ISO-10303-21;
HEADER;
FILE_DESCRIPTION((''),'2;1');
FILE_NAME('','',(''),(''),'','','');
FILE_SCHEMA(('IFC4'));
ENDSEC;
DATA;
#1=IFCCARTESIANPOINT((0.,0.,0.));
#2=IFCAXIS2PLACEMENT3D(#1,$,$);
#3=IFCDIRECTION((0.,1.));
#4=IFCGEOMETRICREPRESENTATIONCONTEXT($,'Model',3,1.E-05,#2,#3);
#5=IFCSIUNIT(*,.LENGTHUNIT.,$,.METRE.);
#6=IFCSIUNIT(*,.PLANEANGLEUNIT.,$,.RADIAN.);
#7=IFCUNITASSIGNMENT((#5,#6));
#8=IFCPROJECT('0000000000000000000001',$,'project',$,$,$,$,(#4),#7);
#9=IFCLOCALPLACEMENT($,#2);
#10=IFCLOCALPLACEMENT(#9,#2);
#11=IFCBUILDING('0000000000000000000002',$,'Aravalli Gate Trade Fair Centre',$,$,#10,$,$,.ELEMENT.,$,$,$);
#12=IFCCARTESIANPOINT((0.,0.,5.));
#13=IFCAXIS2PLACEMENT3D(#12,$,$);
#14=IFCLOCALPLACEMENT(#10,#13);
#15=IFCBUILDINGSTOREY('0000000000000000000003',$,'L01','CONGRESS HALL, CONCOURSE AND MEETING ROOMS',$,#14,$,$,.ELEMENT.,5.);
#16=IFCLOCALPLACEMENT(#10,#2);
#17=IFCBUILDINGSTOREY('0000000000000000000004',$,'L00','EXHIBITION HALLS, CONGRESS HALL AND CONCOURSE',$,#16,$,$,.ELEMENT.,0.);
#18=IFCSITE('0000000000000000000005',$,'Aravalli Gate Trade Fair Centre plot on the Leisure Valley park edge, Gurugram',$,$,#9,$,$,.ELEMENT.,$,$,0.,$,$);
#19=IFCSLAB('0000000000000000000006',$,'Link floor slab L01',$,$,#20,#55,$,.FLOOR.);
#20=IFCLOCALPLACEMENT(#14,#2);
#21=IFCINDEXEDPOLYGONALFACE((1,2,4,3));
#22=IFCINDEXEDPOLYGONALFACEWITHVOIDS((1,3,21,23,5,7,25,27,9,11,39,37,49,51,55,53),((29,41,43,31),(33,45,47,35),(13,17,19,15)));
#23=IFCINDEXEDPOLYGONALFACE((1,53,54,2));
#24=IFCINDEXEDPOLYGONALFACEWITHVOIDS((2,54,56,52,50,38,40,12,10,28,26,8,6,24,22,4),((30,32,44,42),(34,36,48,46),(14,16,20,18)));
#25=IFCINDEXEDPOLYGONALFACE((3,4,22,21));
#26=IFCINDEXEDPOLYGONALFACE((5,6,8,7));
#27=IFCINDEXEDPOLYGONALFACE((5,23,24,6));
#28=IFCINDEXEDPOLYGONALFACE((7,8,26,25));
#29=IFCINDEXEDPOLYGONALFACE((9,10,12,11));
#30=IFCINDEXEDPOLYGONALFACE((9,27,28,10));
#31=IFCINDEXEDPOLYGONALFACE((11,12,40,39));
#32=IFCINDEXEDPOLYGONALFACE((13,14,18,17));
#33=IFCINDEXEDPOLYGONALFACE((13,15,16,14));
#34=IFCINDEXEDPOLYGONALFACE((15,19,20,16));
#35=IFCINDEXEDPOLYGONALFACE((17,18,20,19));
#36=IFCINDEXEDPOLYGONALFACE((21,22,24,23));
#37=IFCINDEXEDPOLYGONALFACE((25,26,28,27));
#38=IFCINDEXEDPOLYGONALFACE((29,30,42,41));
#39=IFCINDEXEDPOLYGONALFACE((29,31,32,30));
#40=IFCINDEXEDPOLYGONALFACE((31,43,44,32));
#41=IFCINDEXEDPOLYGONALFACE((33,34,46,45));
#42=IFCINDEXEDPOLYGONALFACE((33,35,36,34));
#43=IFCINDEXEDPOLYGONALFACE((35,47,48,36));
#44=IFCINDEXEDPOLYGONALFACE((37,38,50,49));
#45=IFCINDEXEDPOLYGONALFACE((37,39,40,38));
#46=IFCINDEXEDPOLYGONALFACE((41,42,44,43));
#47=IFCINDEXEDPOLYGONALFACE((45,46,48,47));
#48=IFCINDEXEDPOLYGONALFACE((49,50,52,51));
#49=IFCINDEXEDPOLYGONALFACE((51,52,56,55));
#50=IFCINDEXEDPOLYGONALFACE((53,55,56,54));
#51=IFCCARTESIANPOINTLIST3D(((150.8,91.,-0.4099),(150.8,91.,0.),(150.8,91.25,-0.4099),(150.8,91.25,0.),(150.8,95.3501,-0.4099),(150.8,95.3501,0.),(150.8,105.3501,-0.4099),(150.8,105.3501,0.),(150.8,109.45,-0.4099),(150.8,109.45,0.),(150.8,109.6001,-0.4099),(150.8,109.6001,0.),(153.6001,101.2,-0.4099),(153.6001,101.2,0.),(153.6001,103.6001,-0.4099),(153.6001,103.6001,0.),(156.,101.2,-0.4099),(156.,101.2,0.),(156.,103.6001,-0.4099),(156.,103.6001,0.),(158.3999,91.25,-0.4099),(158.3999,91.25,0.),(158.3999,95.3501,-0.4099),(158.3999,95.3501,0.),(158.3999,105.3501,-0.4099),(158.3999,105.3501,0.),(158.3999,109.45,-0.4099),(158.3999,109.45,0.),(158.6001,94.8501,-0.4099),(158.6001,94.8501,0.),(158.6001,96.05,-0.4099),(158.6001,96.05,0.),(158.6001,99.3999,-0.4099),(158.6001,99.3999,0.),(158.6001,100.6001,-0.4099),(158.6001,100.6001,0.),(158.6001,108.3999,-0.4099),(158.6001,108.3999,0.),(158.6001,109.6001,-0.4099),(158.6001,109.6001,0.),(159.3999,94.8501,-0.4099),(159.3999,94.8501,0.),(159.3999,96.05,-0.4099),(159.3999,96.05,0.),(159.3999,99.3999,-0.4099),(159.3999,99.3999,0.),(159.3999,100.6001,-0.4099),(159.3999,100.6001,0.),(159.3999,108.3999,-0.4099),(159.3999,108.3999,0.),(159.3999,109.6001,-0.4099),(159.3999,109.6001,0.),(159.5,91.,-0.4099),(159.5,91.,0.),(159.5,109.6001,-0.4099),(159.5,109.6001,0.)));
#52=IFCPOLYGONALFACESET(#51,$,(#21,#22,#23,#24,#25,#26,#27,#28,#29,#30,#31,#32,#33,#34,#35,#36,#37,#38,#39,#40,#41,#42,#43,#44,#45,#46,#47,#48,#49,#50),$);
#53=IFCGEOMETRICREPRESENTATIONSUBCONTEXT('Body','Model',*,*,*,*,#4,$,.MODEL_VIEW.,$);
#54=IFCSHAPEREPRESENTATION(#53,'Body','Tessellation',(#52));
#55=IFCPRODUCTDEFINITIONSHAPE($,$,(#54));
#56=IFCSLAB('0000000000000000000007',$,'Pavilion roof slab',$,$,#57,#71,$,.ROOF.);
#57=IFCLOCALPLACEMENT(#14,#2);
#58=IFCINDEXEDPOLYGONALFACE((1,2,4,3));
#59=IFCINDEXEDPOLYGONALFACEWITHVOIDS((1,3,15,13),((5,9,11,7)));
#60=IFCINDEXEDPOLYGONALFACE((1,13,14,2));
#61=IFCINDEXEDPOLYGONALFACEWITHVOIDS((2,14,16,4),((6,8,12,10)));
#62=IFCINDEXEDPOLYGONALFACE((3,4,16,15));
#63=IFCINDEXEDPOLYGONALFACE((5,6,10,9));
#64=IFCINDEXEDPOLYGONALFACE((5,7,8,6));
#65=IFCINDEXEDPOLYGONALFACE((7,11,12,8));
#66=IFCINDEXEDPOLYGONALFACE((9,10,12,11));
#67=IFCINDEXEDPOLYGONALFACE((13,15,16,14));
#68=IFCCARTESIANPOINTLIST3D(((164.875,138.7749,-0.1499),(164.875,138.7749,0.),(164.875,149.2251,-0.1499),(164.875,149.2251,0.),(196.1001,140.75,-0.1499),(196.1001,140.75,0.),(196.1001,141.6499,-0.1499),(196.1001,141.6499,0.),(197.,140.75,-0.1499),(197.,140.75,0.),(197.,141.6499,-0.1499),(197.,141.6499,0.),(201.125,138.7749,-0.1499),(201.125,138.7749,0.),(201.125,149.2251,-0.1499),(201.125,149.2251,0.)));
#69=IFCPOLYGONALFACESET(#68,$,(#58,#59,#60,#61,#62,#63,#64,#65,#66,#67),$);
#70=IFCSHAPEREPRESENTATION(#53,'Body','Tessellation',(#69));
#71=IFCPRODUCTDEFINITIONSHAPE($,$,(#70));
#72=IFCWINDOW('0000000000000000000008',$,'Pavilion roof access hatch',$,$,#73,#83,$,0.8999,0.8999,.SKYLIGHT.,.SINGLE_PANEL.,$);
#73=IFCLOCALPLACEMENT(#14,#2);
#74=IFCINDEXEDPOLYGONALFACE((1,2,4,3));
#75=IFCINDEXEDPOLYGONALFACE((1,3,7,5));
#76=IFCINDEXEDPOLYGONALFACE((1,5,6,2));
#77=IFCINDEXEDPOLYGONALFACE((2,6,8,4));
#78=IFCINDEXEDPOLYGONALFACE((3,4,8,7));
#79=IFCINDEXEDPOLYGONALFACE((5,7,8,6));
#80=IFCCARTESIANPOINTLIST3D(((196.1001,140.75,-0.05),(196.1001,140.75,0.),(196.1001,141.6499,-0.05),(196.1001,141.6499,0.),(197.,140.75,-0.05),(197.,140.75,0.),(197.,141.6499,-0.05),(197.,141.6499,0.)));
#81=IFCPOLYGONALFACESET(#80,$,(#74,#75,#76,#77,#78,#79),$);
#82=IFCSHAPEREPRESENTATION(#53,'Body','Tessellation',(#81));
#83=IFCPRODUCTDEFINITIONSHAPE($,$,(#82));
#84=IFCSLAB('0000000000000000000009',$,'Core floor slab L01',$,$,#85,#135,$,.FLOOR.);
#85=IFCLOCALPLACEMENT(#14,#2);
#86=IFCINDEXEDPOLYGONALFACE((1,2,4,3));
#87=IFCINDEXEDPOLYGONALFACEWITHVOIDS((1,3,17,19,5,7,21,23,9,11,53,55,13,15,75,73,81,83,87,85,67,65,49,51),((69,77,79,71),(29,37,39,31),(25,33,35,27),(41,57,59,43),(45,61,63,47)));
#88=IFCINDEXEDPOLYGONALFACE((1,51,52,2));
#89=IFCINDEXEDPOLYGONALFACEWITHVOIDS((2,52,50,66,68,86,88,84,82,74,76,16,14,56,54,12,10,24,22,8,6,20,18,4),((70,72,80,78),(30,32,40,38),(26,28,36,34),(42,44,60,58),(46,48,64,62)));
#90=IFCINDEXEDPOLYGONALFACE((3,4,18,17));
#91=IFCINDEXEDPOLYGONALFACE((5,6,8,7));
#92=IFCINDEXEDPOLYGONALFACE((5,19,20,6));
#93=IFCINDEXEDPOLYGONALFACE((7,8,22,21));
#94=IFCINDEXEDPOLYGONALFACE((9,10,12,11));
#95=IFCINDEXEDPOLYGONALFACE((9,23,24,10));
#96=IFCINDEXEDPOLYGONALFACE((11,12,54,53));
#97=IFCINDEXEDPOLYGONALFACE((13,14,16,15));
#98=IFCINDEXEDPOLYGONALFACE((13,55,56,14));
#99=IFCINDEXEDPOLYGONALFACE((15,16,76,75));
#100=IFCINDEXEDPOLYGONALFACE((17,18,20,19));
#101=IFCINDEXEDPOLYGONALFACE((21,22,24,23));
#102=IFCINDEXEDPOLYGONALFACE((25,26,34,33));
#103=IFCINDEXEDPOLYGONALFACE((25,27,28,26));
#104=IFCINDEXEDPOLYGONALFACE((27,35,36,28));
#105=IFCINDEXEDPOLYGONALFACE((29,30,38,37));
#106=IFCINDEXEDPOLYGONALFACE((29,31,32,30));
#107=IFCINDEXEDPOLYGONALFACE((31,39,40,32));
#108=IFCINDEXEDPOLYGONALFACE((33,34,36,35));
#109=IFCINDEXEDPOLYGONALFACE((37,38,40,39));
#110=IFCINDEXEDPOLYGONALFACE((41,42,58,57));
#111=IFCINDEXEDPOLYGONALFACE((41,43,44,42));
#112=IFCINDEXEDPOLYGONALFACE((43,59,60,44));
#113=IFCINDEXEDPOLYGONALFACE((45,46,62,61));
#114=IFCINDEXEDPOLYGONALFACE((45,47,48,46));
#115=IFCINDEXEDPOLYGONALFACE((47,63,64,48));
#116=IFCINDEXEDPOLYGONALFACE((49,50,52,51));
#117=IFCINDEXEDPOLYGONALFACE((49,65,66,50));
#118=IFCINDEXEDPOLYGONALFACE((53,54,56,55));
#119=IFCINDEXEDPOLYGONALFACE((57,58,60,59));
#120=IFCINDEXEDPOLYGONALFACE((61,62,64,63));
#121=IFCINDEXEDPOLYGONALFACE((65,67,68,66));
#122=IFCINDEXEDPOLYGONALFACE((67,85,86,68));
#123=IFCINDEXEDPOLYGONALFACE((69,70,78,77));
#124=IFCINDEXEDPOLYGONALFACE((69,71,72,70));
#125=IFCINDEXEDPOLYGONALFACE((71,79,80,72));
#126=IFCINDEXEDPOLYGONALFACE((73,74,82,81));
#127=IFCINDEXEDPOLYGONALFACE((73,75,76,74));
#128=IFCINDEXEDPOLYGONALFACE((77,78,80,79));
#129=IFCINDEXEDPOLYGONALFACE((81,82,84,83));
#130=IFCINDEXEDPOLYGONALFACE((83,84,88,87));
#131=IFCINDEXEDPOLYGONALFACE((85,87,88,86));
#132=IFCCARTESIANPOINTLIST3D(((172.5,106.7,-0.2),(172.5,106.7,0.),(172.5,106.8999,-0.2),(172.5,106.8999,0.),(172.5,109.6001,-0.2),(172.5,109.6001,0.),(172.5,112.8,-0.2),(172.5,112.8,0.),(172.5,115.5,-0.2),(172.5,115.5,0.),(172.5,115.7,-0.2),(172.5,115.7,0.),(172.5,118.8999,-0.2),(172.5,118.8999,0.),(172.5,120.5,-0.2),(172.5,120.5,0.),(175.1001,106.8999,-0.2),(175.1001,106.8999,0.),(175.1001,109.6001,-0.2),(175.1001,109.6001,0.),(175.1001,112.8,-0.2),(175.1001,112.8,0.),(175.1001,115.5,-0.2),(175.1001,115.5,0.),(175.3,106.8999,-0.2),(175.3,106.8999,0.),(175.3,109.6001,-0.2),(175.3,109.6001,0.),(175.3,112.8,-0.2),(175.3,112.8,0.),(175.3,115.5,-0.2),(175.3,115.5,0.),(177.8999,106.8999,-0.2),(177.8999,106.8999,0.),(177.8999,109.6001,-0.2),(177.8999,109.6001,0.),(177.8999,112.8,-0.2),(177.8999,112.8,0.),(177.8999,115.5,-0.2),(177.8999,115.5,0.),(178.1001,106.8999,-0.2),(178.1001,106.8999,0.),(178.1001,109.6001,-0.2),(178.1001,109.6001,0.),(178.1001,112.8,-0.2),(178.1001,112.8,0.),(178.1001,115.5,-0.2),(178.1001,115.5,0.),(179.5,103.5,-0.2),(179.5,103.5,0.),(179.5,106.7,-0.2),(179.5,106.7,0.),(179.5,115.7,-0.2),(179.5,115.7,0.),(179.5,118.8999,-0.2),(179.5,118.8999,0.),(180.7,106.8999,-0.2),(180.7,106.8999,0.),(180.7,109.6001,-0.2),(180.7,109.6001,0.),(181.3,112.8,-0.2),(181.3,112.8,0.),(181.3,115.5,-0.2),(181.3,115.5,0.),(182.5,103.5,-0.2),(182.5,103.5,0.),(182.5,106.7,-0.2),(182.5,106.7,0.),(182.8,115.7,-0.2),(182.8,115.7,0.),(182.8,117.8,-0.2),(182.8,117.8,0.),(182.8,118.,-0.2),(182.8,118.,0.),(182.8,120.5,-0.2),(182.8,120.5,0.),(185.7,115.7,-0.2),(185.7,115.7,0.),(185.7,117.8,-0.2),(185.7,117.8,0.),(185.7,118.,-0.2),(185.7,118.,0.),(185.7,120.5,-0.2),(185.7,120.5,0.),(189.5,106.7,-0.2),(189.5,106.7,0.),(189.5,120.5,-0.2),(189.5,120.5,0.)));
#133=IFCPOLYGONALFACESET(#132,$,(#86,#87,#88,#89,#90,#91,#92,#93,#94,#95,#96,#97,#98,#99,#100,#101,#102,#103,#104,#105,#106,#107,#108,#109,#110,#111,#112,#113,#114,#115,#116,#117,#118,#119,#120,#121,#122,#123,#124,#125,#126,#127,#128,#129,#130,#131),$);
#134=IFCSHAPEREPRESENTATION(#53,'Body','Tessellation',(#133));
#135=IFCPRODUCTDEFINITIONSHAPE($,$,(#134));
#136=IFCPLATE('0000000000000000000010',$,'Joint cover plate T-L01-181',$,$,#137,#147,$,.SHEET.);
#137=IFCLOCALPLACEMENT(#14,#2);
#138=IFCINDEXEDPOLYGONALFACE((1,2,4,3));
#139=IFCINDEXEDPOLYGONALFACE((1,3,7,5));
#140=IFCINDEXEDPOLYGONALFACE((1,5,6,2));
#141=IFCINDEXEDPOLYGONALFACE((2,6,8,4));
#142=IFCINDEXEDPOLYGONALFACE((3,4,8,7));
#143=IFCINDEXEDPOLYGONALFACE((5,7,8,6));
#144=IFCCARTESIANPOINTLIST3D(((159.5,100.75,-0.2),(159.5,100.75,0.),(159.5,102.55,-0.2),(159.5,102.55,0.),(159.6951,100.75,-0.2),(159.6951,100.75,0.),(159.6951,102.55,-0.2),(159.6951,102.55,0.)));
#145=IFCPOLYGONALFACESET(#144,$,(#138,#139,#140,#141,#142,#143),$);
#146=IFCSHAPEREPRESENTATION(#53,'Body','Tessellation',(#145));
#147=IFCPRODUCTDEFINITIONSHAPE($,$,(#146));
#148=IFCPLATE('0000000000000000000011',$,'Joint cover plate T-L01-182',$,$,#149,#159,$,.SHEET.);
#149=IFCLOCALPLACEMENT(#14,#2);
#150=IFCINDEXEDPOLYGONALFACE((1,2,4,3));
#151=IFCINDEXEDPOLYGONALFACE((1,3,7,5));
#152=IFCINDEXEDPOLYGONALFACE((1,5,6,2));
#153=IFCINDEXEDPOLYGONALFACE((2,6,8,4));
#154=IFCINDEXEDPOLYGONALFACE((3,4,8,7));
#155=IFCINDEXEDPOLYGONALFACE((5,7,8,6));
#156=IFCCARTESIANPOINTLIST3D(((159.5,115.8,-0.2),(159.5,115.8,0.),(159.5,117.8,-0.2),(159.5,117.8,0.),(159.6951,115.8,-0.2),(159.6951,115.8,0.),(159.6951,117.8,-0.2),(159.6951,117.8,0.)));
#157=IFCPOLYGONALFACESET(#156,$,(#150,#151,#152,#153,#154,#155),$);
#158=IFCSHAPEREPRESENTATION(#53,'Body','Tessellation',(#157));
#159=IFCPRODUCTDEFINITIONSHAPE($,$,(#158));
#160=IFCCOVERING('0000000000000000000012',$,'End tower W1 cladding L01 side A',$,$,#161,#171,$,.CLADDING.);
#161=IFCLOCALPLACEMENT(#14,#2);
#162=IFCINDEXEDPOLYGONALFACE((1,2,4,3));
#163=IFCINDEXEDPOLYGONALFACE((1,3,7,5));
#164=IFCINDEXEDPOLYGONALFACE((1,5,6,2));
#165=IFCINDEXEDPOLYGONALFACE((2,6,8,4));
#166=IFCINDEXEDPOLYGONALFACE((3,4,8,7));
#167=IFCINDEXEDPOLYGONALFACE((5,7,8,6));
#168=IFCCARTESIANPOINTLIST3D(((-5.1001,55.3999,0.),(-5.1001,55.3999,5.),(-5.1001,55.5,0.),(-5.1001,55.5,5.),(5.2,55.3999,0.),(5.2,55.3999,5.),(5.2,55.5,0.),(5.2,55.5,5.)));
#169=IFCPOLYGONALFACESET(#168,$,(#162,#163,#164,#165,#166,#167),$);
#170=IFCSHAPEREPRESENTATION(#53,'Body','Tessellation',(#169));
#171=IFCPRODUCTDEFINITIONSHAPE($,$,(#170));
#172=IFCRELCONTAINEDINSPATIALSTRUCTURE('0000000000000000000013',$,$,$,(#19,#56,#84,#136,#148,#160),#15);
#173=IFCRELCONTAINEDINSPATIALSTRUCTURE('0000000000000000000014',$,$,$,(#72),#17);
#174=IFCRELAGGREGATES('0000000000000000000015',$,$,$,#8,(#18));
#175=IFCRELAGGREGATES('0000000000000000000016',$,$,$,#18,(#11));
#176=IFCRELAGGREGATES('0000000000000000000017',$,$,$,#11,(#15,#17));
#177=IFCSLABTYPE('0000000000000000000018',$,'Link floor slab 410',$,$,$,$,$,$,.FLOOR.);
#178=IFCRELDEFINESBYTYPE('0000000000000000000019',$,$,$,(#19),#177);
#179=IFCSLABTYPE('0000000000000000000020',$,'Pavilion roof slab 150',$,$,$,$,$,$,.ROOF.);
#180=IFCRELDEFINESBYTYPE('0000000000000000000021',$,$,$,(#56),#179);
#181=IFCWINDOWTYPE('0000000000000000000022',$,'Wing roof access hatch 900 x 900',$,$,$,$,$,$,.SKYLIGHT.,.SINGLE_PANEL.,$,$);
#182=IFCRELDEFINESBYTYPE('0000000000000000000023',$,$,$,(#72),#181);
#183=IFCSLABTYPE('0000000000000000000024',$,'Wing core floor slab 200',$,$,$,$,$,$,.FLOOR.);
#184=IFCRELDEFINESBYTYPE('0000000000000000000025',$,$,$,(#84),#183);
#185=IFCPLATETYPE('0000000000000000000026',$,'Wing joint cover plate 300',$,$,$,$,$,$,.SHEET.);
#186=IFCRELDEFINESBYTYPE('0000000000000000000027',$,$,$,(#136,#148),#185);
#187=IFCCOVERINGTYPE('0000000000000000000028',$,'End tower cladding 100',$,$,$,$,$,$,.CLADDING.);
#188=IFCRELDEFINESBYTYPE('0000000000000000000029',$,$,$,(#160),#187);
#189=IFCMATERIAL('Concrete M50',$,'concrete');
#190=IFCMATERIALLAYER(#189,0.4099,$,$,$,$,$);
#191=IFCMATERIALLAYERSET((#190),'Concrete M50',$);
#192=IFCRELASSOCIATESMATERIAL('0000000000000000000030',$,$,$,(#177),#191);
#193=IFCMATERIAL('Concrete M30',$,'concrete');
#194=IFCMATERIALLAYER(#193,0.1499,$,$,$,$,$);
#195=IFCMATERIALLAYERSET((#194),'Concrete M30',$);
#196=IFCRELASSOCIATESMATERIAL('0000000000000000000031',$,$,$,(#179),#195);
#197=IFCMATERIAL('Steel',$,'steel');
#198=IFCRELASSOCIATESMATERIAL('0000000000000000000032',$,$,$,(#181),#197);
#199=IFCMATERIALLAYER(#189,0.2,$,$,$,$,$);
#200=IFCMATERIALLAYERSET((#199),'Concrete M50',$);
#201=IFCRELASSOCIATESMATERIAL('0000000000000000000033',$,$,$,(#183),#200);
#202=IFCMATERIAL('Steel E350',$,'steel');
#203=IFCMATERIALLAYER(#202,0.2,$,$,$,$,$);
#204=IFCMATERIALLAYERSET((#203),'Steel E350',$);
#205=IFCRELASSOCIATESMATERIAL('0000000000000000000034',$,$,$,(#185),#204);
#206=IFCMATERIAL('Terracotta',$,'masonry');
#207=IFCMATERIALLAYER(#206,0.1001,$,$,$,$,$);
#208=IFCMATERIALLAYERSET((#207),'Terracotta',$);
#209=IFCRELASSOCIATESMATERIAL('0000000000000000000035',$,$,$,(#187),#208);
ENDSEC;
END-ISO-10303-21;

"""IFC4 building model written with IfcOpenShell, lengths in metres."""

from ifc_helpers import new_model, si_unit, direction, frame, origin, origin_2d, place, context, subcontext, project, spatial, polyline, rectangle, outline, extrude, material, layer, layer_set, type_object, element, fill, save


model = new_model("IFC4")

# Units and contexts
model_context = context("Model", 3, precision=1e-05, world=origin(), true_north=direction((0.0, 1.0)))
body_context = subcontext(model_context, "Body", "Model", "MODEL_VIEW")
ifc_project = project(units=[si_unit("LENGTHUNIT", "METRE"), si_unit("PLANEANGLEUNIT", "RADIAN")], contexts=[model_context])

# Site, building, storey
site_placement = place(None, origin())
site = spatial("IfcSite", under=ifc_project, at=site_placement, Name="Aravalli Gate Trade Fair Centre plot on the Leisure Valley park edge, Gurugram", CompositionType="ELEMENT", RefElevation=0.0)
building_placement = place(site_placement, origin())
building = spatial("IfcBuilding", under=site, at=building_placement, Name="Aravalli Gate Trade Fair Centre", CompositionType="ELEMENT")
storey_1_placement = place(building_placement, frame((0.0, 0.0, 5.0)))
storey_1 = spatial("IfcBuildingStorey", under=building, at=storey_1_placement, Name="L01", Description="CONGRESS HALL, CONCOURSE AND MEETING ROOMS", CompositionType="ELEMENT", Elevation=5.0)

# Slab
ifc_material_1 = material(Name="Concrete M50", Category="concrete")
ifc_layer_1 = layer(ifc_material_1, 0.4099)
ifc_layer_set_1 = layer_set([ifc_layer_1], Name="Concrete M50")
slab_type_1 = type_object("IfcSlabType", Name="Link floor slab 410", PredefinedType="FLOOR", material=ifc_layer_set_1)
slab_1_placement = place(storey_1_placement, frame((0.0, 0.0, -0.4099)))
element("IfcSlab", 1, at=slab_1_placement, inside=storey_1, type_object=slab_type_1, Name="Link floor slab L01", PredefinedType="FLOOR", context=body_context, shape_type="SweptSolid", body=[
    extrude(outline(polyline([(159.5, 109.6001), (159.5, 91.0), (150.8, 91.0), (150.8, 91.25), (158.3999, 91.25), (158.3999, 95.3501), (150.8, 95.3501), (150.8, 105.3501), (158.3999, 105.3501), (158.3999, 109.45), (150.8, 109.45), (150.8, 109.6001), (158.6001, 109.6001), (158.6001, 108.3999), (159.3999, 108.3999), (159.3999, 109.6001), (159.5, 109.6001)]), holes=[polyline([(158.6001, 96.05), (158.6001, 94.8501), (159.3999, 94.8501), (159.3999, 96.05), (158.6001, 96.05)]), polyline([(158.6001, 100.6001), (158.6001, 99.3999), (159.3999, 99.3999), (159.3999, 100.6001), (158.6001, 100.6001)]), polyline([(153.6001, 101.2), (156.0, 101.2), (156.0, 103.6001), (153.6001, 103.6001), (153.6001, 101.2)])]), origin(), (0.0, 0.0, 1.0), 0.4099),
])

# Slab, opening
ifc_material_2 = material(Name="Concrete M30", Category="concrete")
ifc_layer_2 = layer(ifc_material_2, 0.1499)
ifc_layer_set_2 = layer_set([ifc_layer_2], Name="Concrete M30")
slab_type_2 = type_object("IfcSlabType", Name="Pavilion roof slab 150", PredefinedType="ROOF", material=ifc_layer_set_2)
slab_2_placement = place(storey_1_placement, frame((0.0, 0.0, -0.1499)))
slab_2 = element("IfcSlab", 2, at=slab_2_placement, inside=storey_1, type_object=slab_type_2, Name="Pavilion roof slab", PredefinedType="ROOF", context=body_context, shape_type="SweptSolid", body=[
    extrude(outline(polyline([(164.875, 138.7749), (201.125, 138.7749), (201.125, 149.2251), (164.875, 149.2251), (164.875, 138.7749)])), origin(), (0.0, 0.0, 1.0), 0.1499),
])
opening_placement = place(slab_2_placement, frame((196.55, 141.2, 0.0)))
opening = element("IfcOpeningElement", 3, at=opening_placement, cuts=slab_2, PredefinedType="OPENING", context=body_context, shape_type="SweptSolid", body=[
    extrude(rectangle(XDim=0.8999, YDim=0.8999, at=origin_2d()), origin(), (0.0, 0.0, 1.0), 0.1499),
])

# Shared definitions
storey_2_placement = place(building_placement, origin())
storey_2 = spatial("IfcBuildingStorey", under=building, at=storey_2_placement, Name="L00", Description="EXHIBITION HALLS, CONGRESS HALL AND CONCOURSE", CompositionType="ELEMENT", Elevation=0.0)

# Window
ifc_material_3 = material(Name="Steel", Category="steel")
window_type = type_object("IfcWindowType", Name="Wing roof access hatch 900 x 900", PartitioningType="SINGLE_PANEL", PredefinedType="SKYLIGHT", material=ifc_material_3)
window_placement = place(opening_placement, frame((0.0, 0.0, 0.0999)))
window = element("IfcWindow", 4, at=window_placement, inside=storey_2, type_object=window_type, Name="Pavilion roof access hatch", OverallHeight=0.8999, OverallWidth=0.8999, PartitioningType="SINGLE_PANEL", PredefinedType="SKYLIGHT", context=body_context, shape_type="SweptSolid", body=[
    extrude(rectangle(XDim=0.8999, YDim=0.8999, at=origin_2d()), origin(), (0.0, 0.0, 1.0), 0.05),
])
fill(opening, window)

# Slab
ifc_layer_3 = layer(ifc_material_1, 0.2)
ifc_layer_set_3 = layer_set([ifc_layer_3], Name="Concrete M50")
slab_type_3 = type_object("IfcSlabType", Name="Wing core floor slab 200", PredefinedType="FLOOR", material=ifc_layer_set_3)
slab_3_placement = place(storey_1_placement, frame((0.0, 0.0, -0.2)))
element("IfcSlab", 5, at=slab_3_placement, inside=storey_1, type_object=slab_type_3, Name="Core floor slab L01", PredefinedType="FLOOR", context=body_context, shape_type="SweptSolid", body=[
    extrude(outline(polyline([(189.5, 120.5), (189.5, 106.7), (182.5, 106.7), (182.5, 103.5), (179.5, 103.5), (179.5, 106.7), (172.5, 106.7), (172.5, 106.8999), (175.1001, 106.8999), (175.1001, 109.6001), (172.5, 109.6001), (172.5, 112.8), (175.1001, 112.8), (175.1001, 115.5), (172.5, 115.5), (172.5, 115.7), (179.5, 115.7), (179.5, 118.8999), (172.5, 118.8999), (172.5, 120.5), (182.8, 120.5), (182.8, 118.0), (185.7, 118.0), (185.7, 120.5), (189.5, 120.5)]), holes=[polyline([(175.3, 109.6001), (175.3, 106.8999), (177.8999, 106.8999), (177.8999, 109.6001), (175.3, 109.6001)]), polyline([(177.8999, 115.5), (175.3, 115.5), (175.3, 112.8), (177.8999, 112.8), (177.8999, 115.5)]), polyline([(180.7, 109.6001), (178.1001, 109.6001), (178.1001, 106.8999), (180.7, 106.8999), (180.7, 109.6001)]), polyline([(178.1001, 115.5), (178.1001, 112.8), (181.3, 112.8), (181.3, 115.5), (178.1001, 115.5)]), polyline([(185.7, 117.8), (182.8, 117.8), (182.8, 115.7), (185.7, 115.7), (185.7, 117.8)])]), origin(), (0.0, 0.0, 1.0), 0.2),
])

# Plates
ifc_material_4 = material(Name="Steel E350", Category="steel")
ifc_layer_4 = layer(ifc_material_4, 0.2)
ifc_layer_set_4 = layer_set([ifc_layer_4], Name="Steel E350")
plate_type = type_object("IfcPlateType", Name="Wing joint cover plate 300", PredefinedType="SHEET", material=ifc_layer_set_4)
plate_1_placement = place(storey_1_placement, frame((0.0, 0.0, -0.2)))
element("IfcPlate", 6, at=plate_1_placement, inside=storey_1, type_object=plate_type, Name="Joint cover plate T-L01-181", PredefinedType="SHEET", context=body_context, shape_type="SweptSolid", body=[
    extrude(outline(polyline([(159.5, 100.75), (159.6951, 100.75), (159.6951, 102.55), (159.5, 102.55), (159.5, 100.75)])), origin(), (0.0, 0.0, 1.0), 0.2),
])
plate_2_placement = place(storey_1_placement, frame((0.0, 0.0, -0.2)))
element("IfcPlate", 7, at=plate_2_placement, inside=storey_1, type_object=plate_type, Name="Joint cover plate T-L01-182", PredefinedType="SHEET", context=body_context, shape_type="SweptSolid", body=[
    extrude(outline(polyline([(159.5, 115.8), (159.6951, 115.8), (159.6951, 117.8), (159.5, 117.8), (159.5, 115.8)])), origin(), (0.0, 0.0, 1.0), 0.2),
])

# Covering
ifc_material_5 = material(Name="Terracotta", Category="masonry")
ifc_layer_5 = layer(ifc_material_5, 0.1001)
ifc_layer_set_5 = layer_set([ifc_layer_5], Name="Terracotta")
covering_type_1 = type_object("IfcCoveringType", Name="End tower cladding 100", PredefinedType="CLADDING", material=ifc_layer_set_5)
covering_1_placement = place(storey_1_placement, origin())
element("IfcCovering", 8, at=covering_1_placement, inside=storey_1, type_object=covering_type_1, Name="End tower W1 cladding L01 side A", PredefinedType="CLADDING", context=body_context, shape_type="SweptSolid", body=[
    extrude(outline(polyline([(5.2, 55.3999), (-5.1001, 55.3999), (-5.1001, 55.5), (5.2, 55.5), (5.2, 55.3999)])), origin(), (0.0, 0.0, 1.0), 5.0),
])

save(model, "model.ifc")
